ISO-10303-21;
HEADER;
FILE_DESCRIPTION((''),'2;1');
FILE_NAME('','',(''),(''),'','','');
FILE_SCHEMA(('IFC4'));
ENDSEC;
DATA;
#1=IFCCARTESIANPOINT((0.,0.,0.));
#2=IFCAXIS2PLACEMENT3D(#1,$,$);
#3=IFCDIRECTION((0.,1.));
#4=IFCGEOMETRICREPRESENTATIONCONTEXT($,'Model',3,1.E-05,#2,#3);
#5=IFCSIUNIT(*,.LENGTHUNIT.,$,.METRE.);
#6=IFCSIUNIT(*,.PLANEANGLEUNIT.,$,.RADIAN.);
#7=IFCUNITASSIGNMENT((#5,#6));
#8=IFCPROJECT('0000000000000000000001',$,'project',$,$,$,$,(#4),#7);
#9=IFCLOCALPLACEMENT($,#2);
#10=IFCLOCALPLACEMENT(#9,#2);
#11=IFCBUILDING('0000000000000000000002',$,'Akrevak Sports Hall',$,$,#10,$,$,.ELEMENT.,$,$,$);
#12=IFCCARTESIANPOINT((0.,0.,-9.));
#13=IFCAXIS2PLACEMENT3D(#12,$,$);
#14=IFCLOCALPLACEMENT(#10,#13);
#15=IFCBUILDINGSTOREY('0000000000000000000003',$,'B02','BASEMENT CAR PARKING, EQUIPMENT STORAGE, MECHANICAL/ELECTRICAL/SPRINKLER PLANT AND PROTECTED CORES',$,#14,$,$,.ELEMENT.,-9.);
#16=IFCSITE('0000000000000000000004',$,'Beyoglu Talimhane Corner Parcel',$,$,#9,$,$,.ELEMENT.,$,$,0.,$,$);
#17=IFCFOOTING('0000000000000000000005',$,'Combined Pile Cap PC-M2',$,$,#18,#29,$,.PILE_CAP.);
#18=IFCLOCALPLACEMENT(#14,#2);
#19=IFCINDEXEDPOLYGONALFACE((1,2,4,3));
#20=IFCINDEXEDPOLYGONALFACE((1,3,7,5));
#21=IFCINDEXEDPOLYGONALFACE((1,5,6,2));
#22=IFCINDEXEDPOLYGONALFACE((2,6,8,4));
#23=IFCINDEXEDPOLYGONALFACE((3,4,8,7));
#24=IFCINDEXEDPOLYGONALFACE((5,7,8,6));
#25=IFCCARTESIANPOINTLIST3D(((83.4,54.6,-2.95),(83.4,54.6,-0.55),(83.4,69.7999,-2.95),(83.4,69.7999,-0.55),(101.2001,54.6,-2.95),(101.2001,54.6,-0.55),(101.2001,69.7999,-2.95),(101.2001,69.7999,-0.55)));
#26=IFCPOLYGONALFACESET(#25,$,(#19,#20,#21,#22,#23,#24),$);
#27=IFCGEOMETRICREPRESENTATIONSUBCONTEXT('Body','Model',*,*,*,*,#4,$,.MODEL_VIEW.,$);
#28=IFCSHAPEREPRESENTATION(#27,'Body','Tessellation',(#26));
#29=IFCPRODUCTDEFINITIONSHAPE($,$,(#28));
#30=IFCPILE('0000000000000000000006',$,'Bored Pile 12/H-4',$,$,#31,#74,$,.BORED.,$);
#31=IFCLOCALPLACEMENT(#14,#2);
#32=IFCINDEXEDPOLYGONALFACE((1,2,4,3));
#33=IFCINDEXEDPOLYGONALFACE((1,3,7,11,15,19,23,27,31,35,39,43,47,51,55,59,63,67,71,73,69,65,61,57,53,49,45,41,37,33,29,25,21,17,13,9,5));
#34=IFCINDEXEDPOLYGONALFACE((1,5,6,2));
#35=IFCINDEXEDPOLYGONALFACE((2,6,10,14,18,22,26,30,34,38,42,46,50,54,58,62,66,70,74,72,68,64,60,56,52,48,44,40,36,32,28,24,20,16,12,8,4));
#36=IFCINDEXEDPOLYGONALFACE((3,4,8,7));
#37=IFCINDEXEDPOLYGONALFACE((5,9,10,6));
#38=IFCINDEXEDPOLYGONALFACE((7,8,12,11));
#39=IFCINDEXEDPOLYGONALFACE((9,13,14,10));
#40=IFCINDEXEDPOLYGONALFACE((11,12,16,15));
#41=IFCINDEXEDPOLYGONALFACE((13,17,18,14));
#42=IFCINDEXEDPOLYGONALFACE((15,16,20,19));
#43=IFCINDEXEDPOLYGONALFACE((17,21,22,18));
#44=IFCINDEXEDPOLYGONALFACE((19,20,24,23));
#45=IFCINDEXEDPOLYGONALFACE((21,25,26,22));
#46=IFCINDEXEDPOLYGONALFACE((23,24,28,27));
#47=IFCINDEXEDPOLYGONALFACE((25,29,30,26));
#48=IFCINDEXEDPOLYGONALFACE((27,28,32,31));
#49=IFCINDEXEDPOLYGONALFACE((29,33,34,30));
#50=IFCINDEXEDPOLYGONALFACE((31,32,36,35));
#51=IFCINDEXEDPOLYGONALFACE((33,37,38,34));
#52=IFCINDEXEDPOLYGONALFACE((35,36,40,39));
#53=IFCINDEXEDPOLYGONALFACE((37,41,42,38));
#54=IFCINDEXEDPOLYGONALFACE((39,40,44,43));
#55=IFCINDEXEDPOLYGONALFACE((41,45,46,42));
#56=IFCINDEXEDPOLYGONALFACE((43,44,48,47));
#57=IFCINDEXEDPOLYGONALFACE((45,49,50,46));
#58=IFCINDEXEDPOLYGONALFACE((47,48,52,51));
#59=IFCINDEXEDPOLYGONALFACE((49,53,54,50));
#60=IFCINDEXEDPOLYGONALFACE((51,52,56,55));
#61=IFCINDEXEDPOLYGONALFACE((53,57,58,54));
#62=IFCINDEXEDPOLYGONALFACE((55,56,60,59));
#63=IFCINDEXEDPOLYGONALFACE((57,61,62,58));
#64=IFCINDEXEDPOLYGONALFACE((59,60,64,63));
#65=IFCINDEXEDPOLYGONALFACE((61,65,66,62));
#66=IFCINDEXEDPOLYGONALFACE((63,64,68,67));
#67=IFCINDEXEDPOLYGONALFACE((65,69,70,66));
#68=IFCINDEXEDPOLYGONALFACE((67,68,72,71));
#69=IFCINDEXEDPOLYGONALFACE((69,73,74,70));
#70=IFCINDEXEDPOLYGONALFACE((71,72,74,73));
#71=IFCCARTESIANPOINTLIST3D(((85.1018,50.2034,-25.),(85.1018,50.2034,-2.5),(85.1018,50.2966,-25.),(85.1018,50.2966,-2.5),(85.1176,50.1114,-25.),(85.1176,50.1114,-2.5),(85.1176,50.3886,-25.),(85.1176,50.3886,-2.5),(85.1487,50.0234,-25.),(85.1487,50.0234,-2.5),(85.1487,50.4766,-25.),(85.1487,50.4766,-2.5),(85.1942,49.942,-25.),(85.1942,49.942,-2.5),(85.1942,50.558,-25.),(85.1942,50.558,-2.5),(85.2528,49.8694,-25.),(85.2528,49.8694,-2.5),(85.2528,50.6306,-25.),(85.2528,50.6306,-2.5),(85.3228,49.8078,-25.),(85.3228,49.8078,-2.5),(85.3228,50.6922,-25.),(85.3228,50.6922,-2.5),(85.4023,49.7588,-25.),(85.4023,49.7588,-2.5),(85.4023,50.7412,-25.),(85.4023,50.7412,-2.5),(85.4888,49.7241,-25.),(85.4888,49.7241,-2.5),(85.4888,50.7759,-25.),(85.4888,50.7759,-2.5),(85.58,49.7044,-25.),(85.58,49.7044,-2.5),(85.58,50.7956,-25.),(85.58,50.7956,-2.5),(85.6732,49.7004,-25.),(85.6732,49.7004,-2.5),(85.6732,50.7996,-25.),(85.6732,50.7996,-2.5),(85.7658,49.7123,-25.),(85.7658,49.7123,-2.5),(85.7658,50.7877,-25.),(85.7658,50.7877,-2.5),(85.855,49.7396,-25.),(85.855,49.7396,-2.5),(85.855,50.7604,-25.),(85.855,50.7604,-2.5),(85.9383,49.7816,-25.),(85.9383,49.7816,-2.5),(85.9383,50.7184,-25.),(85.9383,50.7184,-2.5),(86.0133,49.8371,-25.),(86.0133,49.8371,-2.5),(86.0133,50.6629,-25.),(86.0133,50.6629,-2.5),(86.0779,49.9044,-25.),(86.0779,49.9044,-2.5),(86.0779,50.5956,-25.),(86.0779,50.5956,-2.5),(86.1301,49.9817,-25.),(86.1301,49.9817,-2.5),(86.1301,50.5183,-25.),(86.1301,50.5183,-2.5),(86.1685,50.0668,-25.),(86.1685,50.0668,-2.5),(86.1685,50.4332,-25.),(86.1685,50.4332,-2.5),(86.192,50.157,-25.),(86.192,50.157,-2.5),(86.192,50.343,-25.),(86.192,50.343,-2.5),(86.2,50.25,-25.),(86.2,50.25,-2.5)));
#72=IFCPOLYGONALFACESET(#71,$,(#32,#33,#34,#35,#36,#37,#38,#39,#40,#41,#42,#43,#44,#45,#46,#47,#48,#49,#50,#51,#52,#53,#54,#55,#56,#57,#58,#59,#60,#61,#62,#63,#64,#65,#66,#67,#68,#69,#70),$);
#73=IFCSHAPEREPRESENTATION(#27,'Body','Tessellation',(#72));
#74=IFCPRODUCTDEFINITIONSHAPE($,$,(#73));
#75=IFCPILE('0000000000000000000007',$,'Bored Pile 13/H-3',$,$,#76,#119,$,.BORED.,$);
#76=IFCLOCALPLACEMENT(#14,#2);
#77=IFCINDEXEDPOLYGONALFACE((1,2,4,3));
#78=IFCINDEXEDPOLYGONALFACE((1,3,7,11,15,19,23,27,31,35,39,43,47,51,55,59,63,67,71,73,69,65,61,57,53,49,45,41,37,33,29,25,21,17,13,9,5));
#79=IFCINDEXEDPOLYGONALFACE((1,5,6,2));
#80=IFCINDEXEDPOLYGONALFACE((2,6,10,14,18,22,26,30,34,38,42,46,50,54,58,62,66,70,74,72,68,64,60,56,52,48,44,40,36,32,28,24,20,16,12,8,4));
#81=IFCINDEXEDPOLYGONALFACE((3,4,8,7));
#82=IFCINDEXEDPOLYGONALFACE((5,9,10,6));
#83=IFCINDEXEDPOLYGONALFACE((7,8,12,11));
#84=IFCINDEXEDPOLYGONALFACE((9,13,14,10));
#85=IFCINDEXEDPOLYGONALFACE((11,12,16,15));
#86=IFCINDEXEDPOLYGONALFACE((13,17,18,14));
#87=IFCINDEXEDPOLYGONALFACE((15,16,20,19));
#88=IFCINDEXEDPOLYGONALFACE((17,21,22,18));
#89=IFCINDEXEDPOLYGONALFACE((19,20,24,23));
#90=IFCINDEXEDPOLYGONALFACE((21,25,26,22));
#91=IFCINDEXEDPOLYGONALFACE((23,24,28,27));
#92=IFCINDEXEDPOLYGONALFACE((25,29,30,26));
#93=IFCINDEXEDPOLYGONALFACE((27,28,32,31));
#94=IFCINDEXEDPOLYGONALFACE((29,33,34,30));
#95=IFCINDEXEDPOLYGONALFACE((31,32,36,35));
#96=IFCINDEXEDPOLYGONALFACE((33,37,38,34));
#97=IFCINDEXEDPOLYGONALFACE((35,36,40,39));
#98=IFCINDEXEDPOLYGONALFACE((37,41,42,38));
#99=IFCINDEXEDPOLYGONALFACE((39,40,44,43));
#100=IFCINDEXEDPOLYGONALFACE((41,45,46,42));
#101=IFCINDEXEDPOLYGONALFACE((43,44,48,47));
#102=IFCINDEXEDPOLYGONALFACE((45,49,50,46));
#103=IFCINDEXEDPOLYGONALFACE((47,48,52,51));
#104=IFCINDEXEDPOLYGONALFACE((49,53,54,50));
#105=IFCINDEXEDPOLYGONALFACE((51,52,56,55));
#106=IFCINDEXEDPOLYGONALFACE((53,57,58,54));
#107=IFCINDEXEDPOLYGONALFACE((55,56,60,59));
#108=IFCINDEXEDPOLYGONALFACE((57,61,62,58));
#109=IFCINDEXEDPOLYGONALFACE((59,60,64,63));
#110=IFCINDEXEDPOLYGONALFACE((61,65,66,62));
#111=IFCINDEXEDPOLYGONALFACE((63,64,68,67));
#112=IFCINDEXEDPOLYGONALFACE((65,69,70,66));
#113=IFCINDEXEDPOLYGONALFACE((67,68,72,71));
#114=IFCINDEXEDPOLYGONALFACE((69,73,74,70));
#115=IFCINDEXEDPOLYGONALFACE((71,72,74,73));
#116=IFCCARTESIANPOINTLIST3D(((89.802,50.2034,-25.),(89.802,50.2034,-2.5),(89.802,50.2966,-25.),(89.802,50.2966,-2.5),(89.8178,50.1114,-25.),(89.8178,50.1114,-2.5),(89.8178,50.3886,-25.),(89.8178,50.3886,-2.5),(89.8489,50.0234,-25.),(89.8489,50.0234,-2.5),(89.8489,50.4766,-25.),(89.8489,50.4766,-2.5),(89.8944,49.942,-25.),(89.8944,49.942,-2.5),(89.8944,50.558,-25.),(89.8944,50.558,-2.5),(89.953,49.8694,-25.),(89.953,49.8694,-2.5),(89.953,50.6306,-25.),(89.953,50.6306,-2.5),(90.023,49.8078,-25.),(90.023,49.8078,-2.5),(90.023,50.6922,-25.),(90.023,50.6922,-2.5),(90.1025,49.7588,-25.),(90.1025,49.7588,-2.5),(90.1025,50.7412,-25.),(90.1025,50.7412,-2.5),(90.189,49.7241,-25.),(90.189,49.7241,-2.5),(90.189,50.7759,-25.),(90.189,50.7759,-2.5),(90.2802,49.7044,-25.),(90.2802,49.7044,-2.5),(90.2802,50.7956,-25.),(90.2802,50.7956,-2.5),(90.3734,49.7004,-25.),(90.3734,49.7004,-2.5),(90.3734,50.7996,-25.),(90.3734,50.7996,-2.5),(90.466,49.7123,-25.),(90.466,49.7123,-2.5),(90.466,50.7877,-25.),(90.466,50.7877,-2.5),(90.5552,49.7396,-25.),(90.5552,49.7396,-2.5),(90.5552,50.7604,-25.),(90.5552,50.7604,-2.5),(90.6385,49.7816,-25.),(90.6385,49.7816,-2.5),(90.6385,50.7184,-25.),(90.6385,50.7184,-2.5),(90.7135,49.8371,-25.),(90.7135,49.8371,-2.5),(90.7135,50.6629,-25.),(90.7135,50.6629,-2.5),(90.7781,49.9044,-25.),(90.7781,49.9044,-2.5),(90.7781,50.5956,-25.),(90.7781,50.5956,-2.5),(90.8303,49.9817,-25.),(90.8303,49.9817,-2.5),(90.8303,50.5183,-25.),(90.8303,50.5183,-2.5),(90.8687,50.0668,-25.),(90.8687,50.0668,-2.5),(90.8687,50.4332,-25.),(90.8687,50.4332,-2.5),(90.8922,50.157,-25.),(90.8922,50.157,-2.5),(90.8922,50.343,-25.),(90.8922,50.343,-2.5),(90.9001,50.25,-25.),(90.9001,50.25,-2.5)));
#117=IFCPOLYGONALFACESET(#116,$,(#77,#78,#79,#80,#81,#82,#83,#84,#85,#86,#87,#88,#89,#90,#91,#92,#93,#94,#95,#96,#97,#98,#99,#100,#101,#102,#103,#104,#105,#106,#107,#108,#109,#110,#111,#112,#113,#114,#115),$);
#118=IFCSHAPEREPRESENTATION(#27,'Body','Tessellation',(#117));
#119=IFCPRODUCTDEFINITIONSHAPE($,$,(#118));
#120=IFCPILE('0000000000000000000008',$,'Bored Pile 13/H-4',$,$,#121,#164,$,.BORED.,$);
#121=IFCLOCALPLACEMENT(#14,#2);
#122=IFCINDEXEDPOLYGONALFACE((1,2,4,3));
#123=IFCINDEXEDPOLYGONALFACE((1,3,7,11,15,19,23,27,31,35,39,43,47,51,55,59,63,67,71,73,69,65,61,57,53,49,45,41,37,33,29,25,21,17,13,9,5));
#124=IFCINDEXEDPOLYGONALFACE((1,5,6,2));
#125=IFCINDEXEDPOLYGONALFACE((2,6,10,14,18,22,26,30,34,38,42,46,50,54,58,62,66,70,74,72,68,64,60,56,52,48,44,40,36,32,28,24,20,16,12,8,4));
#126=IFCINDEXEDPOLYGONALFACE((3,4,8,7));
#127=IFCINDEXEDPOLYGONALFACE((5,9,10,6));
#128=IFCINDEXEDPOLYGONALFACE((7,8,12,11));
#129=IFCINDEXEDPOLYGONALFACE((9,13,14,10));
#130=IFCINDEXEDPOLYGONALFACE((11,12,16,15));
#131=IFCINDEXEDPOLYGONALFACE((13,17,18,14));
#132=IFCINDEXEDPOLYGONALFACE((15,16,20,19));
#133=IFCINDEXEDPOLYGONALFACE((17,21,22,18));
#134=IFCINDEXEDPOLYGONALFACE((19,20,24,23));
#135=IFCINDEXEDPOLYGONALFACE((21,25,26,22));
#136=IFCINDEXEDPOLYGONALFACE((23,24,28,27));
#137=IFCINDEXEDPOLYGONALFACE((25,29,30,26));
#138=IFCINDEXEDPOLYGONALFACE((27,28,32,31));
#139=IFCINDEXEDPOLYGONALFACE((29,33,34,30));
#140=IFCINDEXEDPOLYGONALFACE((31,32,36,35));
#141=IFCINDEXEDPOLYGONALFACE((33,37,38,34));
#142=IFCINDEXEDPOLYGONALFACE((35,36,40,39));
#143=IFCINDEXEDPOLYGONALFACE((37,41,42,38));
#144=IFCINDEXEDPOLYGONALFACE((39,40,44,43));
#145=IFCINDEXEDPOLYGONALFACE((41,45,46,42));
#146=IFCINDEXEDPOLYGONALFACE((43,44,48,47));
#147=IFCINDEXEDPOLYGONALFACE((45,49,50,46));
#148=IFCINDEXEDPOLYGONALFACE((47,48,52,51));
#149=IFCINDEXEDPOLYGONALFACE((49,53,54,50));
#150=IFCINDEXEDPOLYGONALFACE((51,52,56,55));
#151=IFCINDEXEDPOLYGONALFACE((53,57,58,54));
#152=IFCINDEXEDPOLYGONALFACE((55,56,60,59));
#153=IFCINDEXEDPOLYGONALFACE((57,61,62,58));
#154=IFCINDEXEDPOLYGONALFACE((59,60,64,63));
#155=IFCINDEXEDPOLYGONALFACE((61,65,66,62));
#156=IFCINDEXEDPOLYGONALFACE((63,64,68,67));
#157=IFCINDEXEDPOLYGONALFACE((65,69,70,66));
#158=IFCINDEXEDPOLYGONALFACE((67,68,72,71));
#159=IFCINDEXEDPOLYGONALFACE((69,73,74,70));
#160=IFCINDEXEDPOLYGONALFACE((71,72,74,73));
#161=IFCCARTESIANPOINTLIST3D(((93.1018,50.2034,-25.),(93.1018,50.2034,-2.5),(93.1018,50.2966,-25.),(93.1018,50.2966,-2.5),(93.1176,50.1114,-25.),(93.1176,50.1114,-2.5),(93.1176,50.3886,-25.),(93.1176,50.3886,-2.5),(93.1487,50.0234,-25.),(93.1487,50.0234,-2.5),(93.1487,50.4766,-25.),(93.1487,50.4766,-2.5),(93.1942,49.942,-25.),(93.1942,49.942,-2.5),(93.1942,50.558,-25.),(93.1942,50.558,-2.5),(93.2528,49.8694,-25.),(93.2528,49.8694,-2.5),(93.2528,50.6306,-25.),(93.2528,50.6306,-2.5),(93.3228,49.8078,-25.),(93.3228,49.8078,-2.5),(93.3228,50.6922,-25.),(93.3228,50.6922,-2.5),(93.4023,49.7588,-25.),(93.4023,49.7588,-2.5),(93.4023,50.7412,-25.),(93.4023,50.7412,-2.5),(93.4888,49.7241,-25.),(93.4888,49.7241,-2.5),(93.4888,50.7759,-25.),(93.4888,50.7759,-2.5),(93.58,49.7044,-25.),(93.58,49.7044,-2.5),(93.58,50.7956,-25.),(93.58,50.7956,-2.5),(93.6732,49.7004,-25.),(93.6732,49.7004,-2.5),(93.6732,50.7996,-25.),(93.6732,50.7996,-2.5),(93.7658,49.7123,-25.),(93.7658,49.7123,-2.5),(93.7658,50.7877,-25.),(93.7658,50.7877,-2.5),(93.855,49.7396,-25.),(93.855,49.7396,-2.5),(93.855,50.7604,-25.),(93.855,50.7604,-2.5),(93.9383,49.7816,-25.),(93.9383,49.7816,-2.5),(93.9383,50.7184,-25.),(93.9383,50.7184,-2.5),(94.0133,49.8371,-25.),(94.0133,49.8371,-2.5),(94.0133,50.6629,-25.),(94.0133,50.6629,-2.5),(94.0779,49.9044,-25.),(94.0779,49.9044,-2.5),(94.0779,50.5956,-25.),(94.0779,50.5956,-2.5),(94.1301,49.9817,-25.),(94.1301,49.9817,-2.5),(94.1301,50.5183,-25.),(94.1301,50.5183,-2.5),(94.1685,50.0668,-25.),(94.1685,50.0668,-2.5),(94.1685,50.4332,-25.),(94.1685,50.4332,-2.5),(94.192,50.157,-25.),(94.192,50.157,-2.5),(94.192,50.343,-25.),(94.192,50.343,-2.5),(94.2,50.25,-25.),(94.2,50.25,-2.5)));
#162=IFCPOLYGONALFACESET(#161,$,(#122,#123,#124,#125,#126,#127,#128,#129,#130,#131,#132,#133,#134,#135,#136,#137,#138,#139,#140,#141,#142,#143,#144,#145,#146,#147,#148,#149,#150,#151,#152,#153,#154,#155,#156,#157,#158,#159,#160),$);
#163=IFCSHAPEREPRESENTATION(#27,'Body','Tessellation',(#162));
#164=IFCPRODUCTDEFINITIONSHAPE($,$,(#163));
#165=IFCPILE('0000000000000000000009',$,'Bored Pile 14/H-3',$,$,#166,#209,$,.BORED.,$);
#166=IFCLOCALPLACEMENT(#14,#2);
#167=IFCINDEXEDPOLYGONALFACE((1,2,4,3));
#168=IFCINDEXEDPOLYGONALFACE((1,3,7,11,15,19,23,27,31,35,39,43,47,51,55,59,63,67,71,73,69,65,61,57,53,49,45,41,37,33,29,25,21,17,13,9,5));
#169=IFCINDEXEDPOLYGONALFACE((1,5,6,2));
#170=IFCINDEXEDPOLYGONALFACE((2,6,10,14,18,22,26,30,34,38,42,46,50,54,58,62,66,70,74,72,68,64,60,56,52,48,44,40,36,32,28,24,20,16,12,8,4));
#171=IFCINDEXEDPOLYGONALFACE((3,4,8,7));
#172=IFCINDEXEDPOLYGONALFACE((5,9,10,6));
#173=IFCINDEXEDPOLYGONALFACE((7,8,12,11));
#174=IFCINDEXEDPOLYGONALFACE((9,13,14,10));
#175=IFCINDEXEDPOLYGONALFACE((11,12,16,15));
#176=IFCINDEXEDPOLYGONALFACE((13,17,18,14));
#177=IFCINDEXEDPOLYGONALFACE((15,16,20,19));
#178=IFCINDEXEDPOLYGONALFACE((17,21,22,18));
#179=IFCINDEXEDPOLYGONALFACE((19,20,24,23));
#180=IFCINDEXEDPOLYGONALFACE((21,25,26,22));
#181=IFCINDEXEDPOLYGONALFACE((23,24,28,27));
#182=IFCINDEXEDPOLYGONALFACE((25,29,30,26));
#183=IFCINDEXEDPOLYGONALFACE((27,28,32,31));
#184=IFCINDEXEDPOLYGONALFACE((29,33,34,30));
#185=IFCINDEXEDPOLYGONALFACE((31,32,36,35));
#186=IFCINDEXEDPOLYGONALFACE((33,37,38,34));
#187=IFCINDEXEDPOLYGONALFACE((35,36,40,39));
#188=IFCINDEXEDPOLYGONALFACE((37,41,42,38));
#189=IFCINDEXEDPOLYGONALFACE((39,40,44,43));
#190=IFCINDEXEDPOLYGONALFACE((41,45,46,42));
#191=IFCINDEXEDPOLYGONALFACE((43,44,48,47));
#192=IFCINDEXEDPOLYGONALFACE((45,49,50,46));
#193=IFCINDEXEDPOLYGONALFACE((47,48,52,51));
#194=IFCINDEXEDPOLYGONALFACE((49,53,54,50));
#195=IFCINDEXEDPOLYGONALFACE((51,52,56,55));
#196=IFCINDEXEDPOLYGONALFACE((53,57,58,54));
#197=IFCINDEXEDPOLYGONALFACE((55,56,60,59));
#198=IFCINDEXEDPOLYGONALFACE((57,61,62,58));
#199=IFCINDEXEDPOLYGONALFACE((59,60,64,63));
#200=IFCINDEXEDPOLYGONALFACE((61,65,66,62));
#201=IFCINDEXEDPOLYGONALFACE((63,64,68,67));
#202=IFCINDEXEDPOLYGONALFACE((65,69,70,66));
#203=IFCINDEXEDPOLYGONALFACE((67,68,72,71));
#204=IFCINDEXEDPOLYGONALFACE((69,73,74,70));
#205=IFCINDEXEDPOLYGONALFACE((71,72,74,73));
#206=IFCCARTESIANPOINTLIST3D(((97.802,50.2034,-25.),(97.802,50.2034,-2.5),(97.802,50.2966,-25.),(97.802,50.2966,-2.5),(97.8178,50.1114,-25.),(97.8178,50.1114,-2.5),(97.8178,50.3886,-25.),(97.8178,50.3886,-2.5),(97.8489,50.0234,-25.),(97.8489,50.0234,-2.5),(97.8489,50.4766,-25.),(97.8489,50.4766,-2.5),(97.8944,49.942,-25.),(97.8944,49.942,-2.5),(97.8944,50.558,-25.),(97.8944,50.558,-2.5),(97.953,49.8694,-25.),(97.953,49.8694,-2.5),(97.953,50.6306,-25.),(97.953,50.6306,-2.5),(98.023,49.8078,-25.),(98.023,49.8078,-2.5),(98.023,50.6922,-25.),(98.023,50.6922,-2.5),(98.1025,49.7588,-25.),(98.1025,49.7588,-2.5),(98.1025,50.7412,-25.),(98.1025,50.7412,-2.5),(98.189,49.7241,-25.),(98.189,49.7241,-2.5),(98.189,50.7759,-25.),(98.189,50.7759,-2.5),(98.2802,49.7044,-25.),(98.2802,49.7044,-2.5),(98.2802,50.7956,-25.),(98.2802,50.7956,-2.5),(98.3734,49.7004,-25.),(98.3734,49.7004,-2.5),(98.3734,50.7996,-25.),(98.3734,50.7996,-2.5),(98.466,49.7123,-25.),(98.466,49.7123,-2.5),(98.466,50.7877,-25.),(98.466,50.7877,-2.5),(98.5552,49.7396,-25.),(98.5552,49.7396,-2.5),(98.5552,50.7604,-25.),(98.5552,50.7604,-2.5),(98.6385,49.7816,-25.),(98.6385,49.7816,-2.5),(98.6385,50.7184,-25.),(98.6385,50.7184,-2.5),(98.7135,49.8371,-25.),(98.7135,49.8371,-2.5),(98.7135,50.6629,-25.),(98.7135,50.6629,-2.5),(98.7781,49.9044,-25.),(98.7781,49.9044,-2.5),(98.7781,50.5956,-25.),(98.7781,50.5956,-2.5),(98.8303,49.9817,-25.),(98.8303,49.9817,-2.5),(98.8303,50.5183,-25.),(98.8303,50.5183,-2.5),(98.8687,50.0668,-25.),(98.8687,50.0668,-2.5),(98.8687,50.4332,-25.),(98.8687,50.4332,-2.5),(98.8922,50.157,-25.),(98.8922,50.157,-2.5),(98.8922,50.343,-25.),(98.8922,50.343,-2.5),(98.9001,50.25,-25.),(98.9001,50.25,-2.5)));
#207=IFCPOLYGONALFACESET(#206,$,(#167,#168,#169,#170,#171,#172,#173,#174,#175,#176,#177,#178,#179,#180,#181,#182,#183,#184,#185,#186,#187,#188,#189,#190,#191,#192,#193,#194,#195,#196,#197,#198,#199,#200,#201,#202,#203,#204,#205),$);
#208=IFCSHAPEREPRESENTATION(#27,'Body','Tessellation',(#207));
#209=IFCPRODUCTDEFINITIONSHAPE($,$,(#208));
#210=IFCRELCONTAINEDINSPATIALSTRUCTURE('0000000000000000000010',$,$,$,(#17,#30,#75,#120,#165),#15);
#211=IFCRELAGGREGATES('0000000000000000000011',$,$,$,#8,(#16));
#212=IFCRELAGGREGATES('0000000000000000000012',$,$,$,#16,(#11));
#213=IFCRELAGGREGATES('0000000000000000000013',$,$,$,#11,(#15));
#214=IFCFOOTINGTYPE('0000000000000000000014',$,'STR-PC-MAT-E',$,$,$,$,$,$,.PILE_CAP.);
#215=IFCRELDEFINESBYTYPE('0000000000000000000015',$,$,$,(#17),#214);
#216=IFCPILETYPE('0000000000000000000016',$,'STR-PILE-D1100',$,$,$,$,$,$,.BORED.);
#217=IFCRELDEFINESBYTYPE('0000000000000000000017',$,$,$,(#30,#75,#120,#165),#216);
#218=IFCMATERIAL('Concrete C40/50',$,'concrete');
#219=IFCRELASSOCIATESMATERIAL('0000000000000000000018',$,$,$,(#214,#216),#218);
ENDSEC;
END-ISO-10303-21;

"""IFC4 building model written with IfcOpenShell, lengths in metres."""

from ifc_helpers import new_model, si_unit, direction, frame, origin, origin_2d, place, context, subcontext, project, spatial, rectangle, circle, extrude, material, material_profile, profile_set, type_object, element, save


model = new_model("IFC4")

# Units and contexts
model_context = context("Model", 3, precision=1e-05, world=origin(), true_north=direction((0.0, 1.0)))
body_context = subcontext(model_context, "Body", "Model", "MODEL_VIEW")
ifc_project = project(units=[si_unit("LENGTHUNIT", "METRE"), si_unit("PLANEANGLEUNIT", "RADIAN")], contexts=[model_context])

# Site, building, storey
site_placement = place(None, origin())
site = spatial("IfcSite", under=ifc_project, at=site_placement, Name="Beyoglu Talimhane Corner Parcel", CompositionType="ELEMENT", RefElevation=0.0)
building_placement = place(site_placement, origin())
building = spatial("IfcBuilding", under=site, at=building_placement, Name="Akrevak Sports Hall", CompositionType="ELEMENT")
storey_placement = place(building_placement, frame((0.0, 0.0, -9.0)))
storey = spatial("IfcBuildingStorey", under=building, at=storey_placement, Name="B02", Description="BASEMENT CAR PARKING, EQUIPMENT STORAGE, MECHANICAL/ELECTRICAL/SPRINKLER PLANT AND PROTECTED CORES", CompositionType="ELEMENT", Elevation=-9.0)

# Footing
ifc_material_1 = material(Name="Concrete C40/50", Category="concrete")
footing_type = type_object("IfcFootingType", Name="STR-PC-MAT-E", PredefinedType="PILE_CAP", material=ifc_material_1)
footing_placement = place(storey_placement, frame((92.3, 62.2, -2.95), z_axis=(0.0, 0.0, 1.0), x_axis=(1.0, 0.0, 0.0)))
element("IfcFooting", 1, at=footing_placement, inside=storey, type_object=footing_type, Name="Combined Pile Cap PC-M2", PredefinedType="PILE_CAP", context=body_context, shape_type="SweptSolid", body=[
    extrude(rectangle(XDim=17.8, YDim=15.2, at=origin_2d()), origin(), (0.0, 0.0, 1.0), 2.3999),
])

# Piles
ifc_material_profile_1 = material_profile(ifc_material_1, circle(Radius=0.55, at=origin_2d()), Name="BORED PILE D1100", Category="concrete")
ifc_profile_set_1 = profile_set([ifc_material_profile_1], Name="Concrete C40/50")
pile_type_1 = type_object("IfcPileType", Name="STR-PILE-D1100", PredefinedType="BORED", material=ifc_profile_set_1)
for number, where, z_axis, x_axis, name in (
    (2, (85.6499, 50.25, -2.5), (0.0, 0.0, -1.0), (1.0, 0.0, 0.0), "Bored Pile 12/H-4"),
    (3, (90.3501, 50.25, -2.5), (0.0, 0.0, -1.0), (1.0, 0.0, 0.0), "Bored Pile 13/H-3"),
    (4, (93.6499, 50.25, -2.5), (0.0, 0.0, -1.0), (1.0, 0.0, 0.0), "Bored Pile 13/H-4"),
    (5, (98.3501, 50.25, -2.5), (0.0, 0.0, -1.0), (1.0, 0.0, 0.0), "Bored Pile 14/H-3"),
):
    element("IfcPile", number, at=place(storey_placement, frame(where, z_axis=z_axis, x_axis=x_axis)), inside=storey, type_object=pile_type_1, Name=name, PredefinedType="BORED", context=body_context, shape_type="SweptSolid", body=[
        extrude(circle(Radius=0.55, at=origin_2d()), origin(), (0.0, 0.0, 1.0), 22.5),
    ])

save(model, "model.ifc")
